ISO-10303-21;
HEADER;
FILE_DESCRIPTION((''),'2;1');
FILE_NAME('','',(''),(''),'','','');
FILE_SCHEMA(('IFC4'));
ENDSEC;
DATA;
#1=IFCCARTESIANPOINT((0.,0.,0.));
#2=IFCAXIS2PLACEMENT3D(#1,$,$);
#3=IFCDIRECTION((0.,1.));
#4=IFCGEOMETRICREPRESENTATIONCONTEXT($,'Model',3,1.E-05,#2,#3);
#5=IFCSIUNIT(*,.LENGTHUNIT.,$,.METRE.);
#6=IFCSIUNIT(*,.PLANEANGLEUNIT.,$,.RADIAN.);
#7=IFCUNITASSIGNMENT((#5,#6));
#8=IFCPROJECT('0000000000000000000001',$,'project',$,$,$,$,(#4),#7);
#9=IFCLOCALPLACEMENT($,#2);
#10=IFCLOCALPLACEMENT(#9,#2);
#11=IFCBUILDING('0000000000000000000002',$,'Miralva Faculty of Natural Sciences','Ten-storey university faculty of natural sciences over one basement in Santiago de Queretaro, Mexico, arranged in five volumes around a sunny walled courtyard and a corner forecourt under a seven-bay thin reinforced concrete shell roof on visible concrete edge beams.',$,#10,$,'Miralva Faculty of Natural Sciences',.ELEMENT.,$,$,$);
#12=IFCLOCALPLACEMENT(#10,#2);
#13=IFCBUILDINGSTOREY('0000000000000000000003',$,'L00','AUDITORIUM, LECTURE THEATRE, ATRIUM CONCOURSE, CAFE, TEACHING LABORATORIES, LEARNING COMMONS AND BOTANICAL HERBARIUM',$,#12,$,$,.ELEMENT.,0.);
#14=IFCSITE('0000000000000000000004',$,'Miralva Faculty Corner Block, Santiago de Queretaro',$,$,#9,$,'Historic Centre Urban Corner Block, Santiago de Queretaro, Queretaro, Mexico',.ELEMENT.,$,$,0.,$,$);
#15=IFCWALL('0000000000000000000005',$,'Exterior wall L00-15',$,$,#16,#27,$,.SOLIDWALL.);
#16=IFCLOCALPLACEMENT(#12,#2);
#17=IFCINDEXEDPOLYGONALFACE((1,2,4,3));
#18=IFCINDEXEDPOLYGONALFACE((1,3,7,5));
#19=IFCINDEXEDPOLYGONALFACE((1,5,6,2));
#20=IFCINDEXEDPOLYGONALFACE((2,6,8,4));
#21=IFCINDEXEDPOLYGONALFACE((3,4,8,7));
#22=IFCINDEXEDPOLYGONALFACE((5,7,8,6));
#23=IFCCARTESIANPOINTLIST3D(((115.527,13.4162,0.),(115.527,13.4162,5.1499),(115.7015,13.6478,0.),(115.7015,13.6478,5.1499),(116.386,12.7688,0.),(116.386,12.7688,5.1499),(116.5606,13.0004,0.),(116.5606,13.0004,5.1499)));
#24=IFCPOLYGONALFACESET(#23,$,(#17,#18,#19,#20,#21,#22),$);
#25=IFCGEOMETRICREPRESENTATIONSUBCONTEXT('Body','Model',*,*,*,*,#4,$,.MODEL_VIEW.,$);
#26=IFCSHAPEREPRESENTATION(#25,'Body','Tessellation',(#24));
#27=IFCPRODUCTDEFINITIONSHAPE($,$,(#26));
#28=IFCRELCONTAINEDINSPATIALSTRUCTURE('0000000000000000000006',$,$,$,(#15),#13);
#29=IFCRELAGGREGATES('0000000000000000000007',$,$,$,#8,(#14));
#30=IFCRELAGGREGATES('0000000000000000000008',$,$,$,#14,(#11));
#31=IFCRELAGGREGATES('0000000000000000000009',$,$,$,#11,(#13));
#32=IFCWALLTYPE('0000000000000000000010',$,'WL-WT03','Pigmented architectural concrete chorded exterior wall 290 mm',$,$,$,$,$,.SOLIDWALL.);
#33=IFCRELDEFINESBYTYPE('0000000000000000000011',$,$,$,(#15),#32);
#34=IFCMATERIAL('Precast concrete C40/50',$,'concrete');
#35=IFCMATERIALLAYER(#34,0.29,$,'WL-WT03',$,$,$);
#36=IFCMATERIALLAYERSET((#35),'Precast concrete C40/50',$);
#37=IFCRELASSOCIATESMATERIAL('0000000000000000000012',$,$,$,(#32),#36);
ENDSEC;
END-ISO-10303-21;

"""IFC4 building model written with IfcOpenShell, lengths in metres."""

from ifc_helpers import new_model, si_unit, direction, frame, frame_2d, origin, place, context, subcontext, project, spatial, rectangle, extrude, material, layer, layer_set, type_object, element, save


model = new_model("IFC4")

# Units and contexts
model_context = context("Model", 3, precision=1e-05, world=origin(), true_north=direction((0.0, 1.0)))
body_context = subcontext(model_context, "Body", "Model", "MODEL_VIEW")
ifc_project = project(units=[si_unit("LENGTHUNIT", "METRE"), si_unit("PLANEANGLEUNIT", "RADIAN")], contexts=[model_context])

# Site, building, storey
site_placement = place(None, origin())
site = spatial("IfcSite", under=ifc_project, at=site_placement, Name="Miralva Faculty Corner Block, Santiago de Queretaro", LongName="Historic Centre Urban Corner Block, Santiago de Queretaro, Queretaro, Mexico", CompositionType="ELEMENT", RefElevation=0.0)
building_placement = place(site_placement, origin())
building = spatial("IfcBuilding", under=site, at=building_placement, Name="Miralva Faculty of Natural Sciences", Description="Ten-storey university faculty of natural sciences over one basement in Santiago de Queretaro, Mexico, arranged in five volumes around a sunny walled courtyard and a corner forecourt under a seven-bay thin reinforced concrete shell roof on visible concrete edge beams.", LongName="Miralva Faculty of Natural Sciences", CompositionType="ELEMENT")
storey_placement = place(building_placement, origin())
storey = spatial("IfcBuildingStorey", under=building, at=storey_placement, Name="L00", Description="AUDITORIUM, LECTURE THEATRE, ATRIUM CONCOURSE, CAFE, TEACHING LABORATORIES, LEARNING COMMONS AND BOTANICAL HERBARIUM", CompositionType="ELEMENT", Elevation=0.0)

# Wall
ifc_material_1 = material(Name="Precast concrete C40/50", Category="concrete")
ifc_layer_1 = layer(ifc_material_1, 0.29, Name="WL-WT03")
ifc_layer_set_1 = layer_set([ifc_layer_1], Name="Precast concrete C40/50")
wall_type_1 = type_object("IfcWallType", Name="WL-WT03", Description="Pigmented architectural concrete chorded exterior wall 290 mm", PredefinedType="SOLIDWALL", material=ifc_layer_set_1)
wall_1_placement = place(storey_placement, frame((115.6143, 13.532, 0.0), z_axis=(0.0, 0.0, 1.0), x_axis=(0.798609, -0.60185, 0.0)))
element("IfcWall", 1, at=wall_1_placement, inside=storey, type_object=wall_type_1, Name="Exterior wall L00-15", PredefinedType="SOLIDWALL", context=body_context, shape_type="SweptSolid", body=[
    extrude(rectangle(XDim=1.0757, YDim=0.29, at=frame_2d((0.5378, 0.0))), origin(), (0.0, 0.0, 1.0), 5.1499),
])

save(model, "model.ifc")
